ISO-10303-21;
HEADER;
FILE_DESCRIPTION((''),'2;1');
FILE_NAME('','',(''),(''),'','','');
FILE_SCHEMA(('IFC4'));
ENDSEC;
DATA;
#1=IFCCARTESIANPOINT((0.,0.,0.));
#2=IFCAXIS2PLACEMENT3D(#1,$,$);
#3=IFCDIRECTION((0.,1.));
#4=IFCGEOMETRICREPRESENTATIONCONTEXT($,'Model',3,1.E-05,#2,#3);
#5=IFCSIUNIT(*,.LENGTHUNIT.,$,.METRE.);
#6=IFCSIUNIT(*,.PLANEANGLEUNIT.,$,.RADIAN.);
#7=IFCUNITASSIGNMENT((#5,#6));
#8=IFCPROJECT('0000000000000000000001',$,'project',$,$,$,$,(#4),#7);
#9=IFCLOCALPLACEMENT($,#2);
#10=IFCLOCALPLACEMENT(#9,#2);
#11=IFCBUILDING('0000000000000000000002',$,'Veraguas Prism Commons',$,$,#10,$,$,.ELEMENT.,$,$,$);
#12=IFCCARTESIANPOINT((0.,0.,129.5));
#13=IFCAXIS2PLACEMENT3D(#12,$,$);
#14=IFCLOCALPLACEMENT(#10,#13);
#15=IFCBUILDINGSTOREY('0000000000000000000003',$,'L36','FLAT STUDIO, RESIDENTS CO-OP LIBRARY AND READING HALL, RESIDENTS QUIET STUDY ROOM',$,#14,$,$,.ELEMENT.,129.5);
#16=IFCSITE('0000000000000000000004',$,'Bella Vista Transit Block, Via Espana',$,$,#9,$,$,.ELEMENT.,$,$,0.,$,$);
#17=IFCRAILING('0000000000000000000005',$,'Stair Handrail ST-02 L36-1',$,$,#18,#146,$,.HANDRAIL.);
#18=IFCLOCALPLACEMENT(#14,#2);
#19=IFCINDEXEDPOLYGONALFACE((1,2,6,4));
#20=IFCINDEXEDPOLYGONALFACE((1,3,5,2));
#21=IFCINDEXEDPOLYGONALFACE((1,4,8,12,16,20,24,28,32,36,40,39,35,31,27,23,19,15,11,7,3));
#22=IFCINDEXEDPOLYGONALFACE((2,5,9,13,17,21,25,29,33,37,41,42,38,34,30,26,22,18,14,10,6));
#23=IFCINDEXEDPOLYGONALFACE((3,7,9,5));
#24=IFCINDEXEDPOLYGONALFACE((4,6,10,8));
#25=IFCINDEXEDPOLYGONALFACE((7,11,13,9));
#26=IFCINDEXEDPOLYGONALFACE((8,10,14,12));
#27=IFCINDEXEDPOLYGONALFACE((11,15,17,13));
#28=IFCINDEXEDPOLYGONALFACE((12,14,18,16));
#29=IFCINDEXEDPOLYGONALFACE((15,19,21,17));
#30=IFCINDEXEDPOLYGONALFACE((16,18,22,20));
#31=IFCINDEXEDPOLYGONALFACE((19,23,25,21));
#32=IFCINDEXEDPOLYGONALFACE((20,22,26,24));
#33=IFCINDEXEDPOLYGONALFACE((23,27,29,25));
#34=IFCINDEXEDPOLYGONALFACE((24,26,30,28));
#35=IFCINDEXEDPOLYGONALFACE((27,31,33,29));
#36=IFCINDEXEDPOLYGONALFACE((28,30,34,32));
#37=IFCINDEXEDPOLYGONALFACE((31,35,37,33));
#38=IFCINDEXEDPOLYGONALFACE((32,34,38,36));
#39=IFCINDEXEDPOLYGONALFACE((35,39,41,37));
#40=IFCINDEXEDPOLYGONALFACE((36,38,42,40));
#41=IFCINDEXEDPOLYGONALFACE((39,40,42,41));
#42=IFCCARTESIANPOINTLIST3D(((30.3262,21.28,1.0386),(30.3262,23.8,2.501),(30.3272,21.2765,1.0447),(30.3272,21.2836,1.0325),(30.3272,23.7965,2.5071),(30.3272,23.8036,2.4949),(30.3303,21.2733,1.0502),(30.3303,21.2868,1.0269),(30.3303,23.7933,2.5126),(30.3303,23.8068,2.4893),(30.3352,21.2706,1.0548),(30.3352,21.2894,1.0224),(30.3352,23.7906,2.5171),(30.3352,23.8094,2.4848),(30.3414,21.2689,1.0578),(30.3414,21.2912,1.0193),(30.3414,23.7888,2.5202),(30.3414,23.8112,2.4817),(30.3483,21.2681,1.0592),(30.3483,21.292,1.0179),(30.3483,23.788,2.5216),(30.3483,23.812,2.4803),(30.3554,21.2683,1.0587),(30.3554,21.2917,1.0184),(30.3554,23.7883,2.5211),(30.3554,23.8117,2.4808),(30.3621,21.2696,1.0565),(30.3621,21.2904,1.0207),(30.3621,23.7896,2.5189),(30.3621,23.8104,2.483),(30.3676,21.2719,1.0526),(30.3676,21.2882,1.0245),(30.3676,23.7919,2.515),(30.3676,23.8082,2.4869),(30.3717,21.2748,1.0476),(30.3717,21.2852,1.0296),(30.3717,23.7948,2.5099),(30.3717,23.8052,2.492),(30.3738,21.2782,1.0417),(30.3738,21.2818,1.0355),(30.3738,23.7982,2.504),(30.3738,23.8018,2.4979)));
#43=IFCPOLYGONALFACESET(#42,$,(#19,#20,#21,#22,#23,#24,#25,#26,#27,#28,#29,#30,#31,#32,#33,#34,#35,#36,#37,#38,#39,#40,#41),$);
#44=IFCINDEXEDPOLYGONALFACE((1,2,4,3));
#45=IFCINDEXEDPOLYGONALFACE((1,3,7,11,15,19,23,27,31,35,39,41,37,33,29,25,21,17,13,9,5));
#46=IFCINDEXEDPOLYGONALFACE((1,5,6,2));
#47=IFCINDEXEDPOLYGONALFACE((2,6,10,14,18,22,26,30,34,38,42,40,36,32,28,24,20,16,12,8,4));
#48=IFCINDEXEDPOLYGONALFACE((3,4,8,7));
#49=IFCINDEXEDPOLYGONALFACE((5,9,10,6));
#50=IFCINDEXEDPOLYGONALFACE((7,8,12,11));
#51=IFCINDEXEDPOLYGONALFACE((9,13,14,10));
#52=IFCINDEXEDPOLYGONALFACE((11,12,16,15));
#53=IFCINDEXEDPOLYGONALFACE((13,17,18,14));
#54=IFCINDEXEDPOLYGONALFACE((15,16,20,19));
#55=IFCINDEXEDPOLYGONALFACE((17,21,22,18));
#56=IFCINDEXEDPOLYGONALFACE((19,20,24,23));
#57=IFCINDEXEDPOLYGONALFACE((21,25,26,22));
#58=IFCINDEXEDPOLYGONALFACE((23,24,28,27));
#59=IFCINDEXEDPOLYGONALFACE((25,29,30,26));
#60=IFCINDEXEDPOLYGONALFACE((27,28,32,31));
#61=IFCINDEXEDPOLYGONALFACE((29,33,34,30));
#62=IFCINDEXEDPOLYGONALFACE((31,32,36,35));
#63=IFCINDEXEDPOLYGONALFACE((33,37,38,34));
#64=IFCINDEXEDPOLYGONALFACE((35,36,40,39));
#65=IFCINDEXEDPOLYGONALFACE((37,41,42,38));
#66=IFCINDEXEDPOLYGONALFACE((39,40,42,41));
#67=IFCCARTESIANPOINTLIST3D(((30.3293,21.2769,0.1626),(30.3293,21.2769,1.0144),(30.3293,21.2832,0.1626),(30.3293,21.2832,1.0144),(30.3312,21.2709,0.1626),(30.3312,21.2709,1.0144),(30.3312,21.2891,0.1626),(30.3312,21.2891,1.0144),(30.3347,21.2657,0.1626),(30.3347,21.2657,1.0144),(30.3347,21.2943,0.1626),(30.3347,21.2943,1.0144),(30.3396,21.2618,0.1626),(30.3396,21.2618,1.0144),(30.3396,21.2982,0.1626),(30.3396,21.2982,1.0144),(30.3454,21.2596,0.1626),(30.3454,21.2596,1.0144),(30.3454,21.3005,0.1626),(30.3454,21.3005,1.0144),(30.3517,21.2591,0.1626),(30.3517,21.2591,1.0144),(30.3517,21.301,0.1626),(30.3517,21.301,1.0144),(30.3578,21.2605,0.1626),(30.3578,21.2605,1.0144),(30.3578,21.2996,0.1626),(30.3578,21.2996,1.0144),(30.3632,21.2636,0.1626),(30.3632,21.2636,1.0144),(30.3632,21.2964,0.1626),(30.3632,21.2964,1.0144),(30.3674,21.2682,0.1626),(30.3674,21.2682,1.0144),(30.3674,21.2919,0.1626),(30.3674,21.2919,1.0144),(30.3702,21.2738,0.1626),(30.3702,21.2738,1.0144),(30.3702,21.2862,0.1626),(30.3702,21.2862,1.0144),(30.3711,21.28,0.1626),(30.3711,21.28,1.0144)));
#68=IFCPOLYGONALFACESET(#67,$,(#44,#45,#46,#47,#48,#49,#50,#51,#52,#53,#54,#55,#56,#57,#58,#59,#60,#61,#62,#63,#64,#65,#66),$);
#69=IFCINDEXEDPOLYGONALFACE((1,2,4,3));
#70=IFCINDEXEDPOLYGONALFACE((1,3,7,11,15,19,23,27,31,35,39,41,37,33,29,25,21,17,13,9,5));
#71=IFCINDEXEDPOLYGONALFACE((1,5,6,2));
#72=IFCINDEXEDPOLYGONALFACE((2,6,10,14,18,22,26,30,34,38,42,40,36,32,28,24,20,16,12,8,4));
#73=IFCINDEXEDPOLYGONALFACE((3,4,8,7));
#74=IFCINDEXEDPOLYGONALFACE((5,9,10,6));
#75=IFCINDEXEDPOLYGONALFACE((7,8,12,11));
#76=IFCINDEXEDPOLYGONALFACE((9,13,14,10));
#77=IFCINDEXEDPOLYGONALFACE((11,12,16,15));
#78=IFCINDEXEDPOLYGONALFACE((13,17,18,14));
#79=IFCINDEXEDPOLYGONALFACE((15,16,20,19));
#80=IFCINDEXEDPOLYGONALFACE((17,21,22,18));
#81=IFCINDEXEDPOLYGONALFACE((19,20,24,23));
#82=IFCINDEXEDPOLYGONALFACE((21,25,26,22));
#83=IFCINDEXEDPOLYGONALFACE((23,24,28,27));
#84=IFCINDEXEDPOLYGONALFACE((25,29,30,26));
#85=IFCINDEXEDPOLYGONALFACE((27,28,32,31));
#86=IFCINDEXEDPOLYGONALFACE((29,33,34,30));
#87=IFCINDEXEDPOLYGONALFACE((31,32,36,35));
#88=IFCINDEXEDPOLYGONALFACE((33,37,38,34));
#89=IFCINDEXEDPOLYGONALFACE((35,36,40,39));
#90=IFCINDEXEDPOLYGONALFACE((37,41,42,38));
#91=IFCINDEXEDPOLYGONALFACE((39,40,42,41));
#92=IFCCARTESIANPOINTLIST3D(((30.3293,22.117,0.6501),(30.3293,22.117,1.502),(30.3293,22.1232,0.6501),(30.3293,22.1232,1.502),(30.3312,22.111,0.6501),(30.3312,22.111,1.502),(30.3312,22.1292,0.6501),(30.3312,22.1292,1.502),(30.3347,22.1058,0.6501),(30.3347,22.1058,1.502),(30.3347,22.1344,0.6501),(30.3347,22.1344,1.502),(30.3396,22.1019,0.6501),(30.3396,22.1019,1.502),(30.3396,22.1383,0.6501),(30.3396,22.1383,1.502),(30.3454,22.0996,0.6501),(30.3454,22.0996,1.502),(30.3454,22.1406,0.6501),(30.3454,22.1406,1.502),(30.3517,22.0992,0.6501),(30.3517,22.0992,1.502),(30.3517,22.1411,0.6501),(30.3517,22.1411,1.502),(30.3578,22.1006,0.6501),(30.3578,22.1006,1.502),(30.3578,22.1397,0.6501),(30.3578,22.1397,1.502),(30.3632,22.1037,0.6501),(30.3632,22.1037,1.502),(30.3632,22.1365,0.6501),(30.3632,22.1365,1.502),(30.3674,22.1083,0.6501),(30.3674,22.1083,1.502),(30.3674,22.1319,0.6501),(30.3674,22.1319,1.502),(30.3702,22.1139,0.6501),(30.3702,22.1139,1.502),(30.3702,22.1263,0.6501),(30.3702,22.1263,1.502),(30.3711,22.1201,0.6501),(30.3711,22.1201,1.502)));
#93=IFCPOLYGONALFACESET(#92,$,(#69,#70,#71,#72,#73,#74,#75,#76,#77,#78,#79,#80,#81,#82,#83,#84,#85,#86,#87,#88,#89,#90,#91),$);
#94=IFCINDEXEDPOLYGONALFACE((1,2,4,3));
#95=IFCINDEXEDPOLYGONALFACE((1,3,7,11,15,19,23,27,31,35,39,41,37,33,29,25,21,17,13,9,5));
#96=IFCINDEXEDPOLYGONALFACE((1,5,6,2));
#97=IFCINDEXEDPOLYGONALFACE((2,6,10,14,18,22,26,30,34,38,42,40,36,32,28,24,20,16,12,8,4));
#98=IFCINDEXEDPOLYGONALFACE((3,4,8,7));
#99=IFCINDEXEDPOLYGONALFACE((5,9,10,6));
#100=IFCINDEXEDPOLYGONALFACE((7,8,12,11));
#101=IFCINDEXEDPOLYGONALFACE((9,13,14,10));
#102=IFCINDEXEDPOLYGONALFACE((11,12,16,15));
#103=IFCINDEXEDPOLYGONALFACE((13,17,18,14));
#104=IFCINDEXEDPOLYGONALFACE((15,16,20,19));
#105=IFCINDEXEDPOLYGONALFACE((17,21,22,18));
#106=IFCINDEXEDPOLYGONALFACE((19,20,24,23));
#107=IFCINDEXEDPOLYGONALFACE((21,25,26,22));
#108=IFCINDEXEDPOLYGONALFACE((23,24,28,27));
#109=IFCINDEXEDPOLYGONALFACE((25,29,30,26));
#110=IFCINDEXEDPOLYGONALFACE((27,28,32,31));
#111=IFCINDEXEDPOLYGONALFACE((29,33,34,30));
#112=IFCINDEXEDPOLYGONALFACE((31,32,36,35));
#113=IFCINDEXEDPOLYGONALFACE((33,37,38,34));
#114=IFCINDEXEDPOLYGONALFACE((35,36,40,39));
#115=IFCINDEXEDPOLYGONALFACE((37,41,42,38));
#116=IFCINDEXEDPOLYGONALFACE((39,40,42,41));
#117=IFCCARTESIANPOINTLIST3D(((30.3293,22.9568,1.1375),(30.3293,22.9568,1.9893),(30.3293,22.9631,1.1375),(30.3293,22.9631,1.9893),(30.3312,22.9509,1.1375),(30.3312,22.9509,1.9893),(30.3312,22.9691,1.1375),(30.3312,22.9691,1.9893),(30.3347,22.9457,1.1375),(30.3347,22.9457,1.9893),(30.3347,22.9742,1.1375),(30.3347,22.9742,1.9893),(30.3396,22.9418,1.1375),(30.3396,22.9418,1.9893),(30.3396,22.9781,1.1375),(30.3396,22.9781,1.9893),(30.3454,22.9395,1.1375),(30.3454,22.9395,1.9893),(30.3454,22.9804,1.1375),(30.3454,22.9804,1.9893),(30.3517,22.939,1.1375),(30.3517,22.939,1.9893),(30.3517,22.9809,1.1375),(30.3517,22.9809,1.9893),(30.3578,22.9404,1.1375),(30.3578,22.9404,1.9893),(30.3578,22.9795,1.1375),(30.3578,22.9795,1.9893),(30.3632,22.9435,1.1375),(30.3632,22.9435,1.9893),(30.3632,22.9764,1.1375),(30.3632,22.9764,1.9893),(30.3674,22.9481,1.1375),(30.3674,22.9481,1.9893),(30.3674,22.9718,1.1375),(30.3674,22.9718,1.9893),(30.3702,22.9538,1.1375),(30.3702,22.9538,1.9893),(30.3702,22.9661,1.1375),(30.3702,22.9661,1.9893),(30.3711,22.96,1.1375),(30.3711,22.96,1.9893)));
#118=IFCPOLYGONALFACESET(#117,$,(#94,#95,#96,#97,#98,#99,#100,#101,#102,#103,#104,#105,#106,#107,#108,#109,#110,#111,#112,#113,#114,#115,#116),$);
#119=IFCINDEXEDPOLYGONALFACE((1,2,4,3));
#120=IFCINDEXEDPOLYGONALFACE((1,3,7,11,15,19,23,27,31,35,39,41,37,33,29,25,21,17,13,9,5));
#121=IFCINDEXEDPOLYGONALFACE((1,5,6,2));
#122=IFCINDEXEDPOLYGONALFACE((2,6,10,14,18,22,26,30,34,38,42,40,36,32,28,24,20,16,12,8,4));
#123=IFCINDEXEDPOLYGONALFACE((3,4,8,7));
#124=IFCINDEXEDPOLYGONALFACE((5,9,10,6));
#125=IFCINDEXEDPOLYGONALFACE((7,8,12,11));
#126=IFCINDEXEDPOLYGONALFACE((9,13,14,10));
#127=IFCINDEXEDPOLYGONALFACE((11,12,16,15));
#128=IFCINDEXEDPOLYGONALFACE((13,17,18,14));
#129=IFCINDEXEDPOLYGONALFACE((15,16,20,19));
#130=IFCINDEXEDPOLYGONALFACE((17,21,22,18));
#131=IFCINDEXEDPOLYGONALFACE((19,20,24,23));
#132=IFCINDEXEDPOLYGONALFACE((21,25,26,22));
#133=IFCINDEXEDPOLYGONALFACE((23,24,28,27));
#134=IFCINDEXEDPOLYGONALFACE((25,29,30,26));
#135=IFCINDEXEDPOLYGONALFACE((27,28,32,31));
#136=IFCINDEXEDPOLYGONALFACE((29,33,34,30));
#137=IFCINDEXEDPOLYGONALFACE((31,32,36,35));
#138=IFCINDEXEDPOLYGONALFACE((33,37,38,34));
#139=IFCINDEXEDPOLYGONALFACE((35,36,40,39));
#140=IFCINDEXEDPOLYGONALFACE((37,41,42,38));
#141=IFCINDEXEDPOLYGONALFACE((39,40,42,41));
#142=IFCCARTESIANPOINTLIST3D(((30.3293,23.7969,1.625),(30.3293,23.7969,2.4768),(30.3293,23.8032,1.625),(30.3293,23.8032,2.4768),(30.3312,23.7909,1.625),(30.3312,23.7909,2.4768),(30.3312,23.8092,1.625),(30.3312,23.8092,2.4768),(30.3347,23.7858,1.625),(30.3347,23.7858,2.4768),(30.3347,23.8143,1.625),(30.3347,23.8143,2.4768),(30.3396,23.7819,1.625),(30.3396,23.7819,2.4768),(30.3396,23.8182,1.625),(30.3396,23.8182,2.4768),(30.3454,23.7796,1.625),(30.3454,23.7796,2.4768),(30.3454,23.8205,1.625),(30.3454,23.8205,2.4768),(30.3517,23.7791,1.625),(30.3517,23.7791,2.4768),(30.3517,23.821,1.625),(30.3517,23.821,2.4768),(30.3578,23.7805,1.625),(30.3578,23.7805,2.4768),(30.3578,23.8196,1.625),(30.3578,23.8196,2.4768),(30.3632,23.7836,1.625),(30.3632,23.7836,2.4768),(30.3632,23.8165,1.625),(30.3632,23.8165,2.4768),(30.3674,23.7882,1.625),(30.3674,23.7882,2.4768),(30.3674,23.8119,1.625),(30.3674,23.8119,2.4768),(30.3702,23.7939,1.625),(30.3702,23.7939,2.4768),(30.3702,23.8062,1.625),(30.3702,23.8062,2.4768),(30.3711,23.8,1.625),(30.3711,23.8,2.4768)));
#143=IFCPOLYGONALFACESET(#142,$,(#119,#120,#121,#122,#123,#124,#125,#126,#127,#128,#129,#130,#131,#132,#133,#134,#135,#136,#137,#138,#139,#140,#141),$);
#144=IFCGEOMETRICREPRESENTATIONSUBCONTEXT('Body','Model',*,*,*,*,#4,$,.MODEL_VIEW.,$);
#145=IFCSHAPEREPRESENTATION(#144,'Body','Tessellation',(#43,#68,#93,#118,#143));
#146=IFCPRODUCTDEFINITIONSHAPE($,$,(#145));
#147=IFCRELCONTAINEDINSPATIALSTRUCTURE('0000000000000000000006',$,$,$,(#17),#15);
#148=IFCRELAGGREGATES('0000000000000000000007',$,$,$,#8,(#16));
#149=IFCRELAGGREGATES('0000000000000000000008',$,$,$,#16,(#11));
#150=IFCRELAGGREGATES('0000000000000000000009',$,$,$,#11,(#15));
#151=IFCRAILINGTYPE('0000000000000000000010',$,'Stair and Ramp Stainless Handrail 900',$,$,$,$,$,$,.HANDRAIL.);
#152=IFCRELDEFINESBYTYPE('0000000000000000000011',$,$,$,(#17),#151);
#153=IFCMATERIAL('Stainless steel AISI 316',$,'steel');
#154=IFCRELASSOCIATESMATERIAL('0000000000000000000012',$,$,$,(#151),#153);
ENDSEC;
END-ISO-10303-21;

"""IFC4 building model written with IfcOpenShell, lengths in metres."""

from ifc_helpers import new_model, si_unit, direction, frame, origin, origin_2d, place, context, subcontext, project, spatial, circle, extrude, material, type_object, element, save


model = new_model("IFC4")

# Units and contexts
model_context = context("Model", 3, precision=1e-05, world=origin(), true_north=direction((0.0, 1.0)))
body_context = subcontext(model_context, "Body", "Model", "MODEL_VIEW")
ifc_project = project(units=[si_unit("LENGTHUNIT", "METRE"), si_unit("PLANEANGLEUNIT", "RADIAN")], contexts=[model_context])

# Site, building, storey
site_placement = place(None, origin())
site = spatial("IfcSite", under=ifc_project, at=site_placement, Name="Bella Vista Transit Block, Via Espana", CompositionType="ELEMENT", RefElevation=0.0)
building_placement = place(site_placement, origin())
building = spatial("IfcBuilding", under=site, at=building_placement, Name="Veraguas Prism Commons", CompositionType="ELEMENT")
storey_placement = place(building_placement, frame((0.0, 0.0, 129.5)))
storey = spatial("IfcBuildingStorey", under=building, at=storey_placement, Name="L36", Description="FLAT STUDIO, RESIDENTS CO-OP LIBRARY AND READING HALL, RESIDENTS QUIET STUDY ROOM", CompositionType="ELEMENT", Elevation=129.5)

# Shared definitions
ifc_material_1 = material(Name="Stainless steel AISI 316", Category="steel")

# Railing
railing_type_1 = type_object("IfcRailingType", Name="Stair and Ramp Stainless Handrail 900", PredefinedType="HANDRAIL", material=ifc_material_1)
railing_1_placement = place(storey_placement, frame((30.3501, 21.28, 0.1626)))
element("IfcRailing", 1, at=railing_1_placement, inside=storey, type_object=railing_type_1, Name="Stair Handrail ST-02 L36-1", PredefinedType="HANDRAIL", context=body_context, shape_type="SweptSolid", body=[
    extrude(circle(Radius=0.0239, at=origin_2d()), frame((0.0, 0.0, 0.876), z_axis=(0.0, 0.864913, 0.501921), x_axis=(-1.0, 0.0, 0.0)), (0.0, 0.0, 1.0), 2.9136),
    extrude(circle(Radius=0.021, at=origin_2d()), origin(), (0.0, 0.0, 1.0), 0.8518),
    extrude(circle(Radius=0.021, at=origin_2d()), frame((0.0, 0.8401, 0.4875)), (0.0, 0.0, 1.0), 0.8518),
    extrude(circle(Radius=0.021, at=origin_2d()), frame((0.0, 1.6799, 0.9749)), (0.0, 0.0, 1.0), 0.8518),
    extrude(circle(Radius=0.021, at=origin_2d()), frame((0.0, 2.52, 1.4624)), (0.0, 0.0, 1.0), 0.8518),
])

save(model, "model.ifc")
